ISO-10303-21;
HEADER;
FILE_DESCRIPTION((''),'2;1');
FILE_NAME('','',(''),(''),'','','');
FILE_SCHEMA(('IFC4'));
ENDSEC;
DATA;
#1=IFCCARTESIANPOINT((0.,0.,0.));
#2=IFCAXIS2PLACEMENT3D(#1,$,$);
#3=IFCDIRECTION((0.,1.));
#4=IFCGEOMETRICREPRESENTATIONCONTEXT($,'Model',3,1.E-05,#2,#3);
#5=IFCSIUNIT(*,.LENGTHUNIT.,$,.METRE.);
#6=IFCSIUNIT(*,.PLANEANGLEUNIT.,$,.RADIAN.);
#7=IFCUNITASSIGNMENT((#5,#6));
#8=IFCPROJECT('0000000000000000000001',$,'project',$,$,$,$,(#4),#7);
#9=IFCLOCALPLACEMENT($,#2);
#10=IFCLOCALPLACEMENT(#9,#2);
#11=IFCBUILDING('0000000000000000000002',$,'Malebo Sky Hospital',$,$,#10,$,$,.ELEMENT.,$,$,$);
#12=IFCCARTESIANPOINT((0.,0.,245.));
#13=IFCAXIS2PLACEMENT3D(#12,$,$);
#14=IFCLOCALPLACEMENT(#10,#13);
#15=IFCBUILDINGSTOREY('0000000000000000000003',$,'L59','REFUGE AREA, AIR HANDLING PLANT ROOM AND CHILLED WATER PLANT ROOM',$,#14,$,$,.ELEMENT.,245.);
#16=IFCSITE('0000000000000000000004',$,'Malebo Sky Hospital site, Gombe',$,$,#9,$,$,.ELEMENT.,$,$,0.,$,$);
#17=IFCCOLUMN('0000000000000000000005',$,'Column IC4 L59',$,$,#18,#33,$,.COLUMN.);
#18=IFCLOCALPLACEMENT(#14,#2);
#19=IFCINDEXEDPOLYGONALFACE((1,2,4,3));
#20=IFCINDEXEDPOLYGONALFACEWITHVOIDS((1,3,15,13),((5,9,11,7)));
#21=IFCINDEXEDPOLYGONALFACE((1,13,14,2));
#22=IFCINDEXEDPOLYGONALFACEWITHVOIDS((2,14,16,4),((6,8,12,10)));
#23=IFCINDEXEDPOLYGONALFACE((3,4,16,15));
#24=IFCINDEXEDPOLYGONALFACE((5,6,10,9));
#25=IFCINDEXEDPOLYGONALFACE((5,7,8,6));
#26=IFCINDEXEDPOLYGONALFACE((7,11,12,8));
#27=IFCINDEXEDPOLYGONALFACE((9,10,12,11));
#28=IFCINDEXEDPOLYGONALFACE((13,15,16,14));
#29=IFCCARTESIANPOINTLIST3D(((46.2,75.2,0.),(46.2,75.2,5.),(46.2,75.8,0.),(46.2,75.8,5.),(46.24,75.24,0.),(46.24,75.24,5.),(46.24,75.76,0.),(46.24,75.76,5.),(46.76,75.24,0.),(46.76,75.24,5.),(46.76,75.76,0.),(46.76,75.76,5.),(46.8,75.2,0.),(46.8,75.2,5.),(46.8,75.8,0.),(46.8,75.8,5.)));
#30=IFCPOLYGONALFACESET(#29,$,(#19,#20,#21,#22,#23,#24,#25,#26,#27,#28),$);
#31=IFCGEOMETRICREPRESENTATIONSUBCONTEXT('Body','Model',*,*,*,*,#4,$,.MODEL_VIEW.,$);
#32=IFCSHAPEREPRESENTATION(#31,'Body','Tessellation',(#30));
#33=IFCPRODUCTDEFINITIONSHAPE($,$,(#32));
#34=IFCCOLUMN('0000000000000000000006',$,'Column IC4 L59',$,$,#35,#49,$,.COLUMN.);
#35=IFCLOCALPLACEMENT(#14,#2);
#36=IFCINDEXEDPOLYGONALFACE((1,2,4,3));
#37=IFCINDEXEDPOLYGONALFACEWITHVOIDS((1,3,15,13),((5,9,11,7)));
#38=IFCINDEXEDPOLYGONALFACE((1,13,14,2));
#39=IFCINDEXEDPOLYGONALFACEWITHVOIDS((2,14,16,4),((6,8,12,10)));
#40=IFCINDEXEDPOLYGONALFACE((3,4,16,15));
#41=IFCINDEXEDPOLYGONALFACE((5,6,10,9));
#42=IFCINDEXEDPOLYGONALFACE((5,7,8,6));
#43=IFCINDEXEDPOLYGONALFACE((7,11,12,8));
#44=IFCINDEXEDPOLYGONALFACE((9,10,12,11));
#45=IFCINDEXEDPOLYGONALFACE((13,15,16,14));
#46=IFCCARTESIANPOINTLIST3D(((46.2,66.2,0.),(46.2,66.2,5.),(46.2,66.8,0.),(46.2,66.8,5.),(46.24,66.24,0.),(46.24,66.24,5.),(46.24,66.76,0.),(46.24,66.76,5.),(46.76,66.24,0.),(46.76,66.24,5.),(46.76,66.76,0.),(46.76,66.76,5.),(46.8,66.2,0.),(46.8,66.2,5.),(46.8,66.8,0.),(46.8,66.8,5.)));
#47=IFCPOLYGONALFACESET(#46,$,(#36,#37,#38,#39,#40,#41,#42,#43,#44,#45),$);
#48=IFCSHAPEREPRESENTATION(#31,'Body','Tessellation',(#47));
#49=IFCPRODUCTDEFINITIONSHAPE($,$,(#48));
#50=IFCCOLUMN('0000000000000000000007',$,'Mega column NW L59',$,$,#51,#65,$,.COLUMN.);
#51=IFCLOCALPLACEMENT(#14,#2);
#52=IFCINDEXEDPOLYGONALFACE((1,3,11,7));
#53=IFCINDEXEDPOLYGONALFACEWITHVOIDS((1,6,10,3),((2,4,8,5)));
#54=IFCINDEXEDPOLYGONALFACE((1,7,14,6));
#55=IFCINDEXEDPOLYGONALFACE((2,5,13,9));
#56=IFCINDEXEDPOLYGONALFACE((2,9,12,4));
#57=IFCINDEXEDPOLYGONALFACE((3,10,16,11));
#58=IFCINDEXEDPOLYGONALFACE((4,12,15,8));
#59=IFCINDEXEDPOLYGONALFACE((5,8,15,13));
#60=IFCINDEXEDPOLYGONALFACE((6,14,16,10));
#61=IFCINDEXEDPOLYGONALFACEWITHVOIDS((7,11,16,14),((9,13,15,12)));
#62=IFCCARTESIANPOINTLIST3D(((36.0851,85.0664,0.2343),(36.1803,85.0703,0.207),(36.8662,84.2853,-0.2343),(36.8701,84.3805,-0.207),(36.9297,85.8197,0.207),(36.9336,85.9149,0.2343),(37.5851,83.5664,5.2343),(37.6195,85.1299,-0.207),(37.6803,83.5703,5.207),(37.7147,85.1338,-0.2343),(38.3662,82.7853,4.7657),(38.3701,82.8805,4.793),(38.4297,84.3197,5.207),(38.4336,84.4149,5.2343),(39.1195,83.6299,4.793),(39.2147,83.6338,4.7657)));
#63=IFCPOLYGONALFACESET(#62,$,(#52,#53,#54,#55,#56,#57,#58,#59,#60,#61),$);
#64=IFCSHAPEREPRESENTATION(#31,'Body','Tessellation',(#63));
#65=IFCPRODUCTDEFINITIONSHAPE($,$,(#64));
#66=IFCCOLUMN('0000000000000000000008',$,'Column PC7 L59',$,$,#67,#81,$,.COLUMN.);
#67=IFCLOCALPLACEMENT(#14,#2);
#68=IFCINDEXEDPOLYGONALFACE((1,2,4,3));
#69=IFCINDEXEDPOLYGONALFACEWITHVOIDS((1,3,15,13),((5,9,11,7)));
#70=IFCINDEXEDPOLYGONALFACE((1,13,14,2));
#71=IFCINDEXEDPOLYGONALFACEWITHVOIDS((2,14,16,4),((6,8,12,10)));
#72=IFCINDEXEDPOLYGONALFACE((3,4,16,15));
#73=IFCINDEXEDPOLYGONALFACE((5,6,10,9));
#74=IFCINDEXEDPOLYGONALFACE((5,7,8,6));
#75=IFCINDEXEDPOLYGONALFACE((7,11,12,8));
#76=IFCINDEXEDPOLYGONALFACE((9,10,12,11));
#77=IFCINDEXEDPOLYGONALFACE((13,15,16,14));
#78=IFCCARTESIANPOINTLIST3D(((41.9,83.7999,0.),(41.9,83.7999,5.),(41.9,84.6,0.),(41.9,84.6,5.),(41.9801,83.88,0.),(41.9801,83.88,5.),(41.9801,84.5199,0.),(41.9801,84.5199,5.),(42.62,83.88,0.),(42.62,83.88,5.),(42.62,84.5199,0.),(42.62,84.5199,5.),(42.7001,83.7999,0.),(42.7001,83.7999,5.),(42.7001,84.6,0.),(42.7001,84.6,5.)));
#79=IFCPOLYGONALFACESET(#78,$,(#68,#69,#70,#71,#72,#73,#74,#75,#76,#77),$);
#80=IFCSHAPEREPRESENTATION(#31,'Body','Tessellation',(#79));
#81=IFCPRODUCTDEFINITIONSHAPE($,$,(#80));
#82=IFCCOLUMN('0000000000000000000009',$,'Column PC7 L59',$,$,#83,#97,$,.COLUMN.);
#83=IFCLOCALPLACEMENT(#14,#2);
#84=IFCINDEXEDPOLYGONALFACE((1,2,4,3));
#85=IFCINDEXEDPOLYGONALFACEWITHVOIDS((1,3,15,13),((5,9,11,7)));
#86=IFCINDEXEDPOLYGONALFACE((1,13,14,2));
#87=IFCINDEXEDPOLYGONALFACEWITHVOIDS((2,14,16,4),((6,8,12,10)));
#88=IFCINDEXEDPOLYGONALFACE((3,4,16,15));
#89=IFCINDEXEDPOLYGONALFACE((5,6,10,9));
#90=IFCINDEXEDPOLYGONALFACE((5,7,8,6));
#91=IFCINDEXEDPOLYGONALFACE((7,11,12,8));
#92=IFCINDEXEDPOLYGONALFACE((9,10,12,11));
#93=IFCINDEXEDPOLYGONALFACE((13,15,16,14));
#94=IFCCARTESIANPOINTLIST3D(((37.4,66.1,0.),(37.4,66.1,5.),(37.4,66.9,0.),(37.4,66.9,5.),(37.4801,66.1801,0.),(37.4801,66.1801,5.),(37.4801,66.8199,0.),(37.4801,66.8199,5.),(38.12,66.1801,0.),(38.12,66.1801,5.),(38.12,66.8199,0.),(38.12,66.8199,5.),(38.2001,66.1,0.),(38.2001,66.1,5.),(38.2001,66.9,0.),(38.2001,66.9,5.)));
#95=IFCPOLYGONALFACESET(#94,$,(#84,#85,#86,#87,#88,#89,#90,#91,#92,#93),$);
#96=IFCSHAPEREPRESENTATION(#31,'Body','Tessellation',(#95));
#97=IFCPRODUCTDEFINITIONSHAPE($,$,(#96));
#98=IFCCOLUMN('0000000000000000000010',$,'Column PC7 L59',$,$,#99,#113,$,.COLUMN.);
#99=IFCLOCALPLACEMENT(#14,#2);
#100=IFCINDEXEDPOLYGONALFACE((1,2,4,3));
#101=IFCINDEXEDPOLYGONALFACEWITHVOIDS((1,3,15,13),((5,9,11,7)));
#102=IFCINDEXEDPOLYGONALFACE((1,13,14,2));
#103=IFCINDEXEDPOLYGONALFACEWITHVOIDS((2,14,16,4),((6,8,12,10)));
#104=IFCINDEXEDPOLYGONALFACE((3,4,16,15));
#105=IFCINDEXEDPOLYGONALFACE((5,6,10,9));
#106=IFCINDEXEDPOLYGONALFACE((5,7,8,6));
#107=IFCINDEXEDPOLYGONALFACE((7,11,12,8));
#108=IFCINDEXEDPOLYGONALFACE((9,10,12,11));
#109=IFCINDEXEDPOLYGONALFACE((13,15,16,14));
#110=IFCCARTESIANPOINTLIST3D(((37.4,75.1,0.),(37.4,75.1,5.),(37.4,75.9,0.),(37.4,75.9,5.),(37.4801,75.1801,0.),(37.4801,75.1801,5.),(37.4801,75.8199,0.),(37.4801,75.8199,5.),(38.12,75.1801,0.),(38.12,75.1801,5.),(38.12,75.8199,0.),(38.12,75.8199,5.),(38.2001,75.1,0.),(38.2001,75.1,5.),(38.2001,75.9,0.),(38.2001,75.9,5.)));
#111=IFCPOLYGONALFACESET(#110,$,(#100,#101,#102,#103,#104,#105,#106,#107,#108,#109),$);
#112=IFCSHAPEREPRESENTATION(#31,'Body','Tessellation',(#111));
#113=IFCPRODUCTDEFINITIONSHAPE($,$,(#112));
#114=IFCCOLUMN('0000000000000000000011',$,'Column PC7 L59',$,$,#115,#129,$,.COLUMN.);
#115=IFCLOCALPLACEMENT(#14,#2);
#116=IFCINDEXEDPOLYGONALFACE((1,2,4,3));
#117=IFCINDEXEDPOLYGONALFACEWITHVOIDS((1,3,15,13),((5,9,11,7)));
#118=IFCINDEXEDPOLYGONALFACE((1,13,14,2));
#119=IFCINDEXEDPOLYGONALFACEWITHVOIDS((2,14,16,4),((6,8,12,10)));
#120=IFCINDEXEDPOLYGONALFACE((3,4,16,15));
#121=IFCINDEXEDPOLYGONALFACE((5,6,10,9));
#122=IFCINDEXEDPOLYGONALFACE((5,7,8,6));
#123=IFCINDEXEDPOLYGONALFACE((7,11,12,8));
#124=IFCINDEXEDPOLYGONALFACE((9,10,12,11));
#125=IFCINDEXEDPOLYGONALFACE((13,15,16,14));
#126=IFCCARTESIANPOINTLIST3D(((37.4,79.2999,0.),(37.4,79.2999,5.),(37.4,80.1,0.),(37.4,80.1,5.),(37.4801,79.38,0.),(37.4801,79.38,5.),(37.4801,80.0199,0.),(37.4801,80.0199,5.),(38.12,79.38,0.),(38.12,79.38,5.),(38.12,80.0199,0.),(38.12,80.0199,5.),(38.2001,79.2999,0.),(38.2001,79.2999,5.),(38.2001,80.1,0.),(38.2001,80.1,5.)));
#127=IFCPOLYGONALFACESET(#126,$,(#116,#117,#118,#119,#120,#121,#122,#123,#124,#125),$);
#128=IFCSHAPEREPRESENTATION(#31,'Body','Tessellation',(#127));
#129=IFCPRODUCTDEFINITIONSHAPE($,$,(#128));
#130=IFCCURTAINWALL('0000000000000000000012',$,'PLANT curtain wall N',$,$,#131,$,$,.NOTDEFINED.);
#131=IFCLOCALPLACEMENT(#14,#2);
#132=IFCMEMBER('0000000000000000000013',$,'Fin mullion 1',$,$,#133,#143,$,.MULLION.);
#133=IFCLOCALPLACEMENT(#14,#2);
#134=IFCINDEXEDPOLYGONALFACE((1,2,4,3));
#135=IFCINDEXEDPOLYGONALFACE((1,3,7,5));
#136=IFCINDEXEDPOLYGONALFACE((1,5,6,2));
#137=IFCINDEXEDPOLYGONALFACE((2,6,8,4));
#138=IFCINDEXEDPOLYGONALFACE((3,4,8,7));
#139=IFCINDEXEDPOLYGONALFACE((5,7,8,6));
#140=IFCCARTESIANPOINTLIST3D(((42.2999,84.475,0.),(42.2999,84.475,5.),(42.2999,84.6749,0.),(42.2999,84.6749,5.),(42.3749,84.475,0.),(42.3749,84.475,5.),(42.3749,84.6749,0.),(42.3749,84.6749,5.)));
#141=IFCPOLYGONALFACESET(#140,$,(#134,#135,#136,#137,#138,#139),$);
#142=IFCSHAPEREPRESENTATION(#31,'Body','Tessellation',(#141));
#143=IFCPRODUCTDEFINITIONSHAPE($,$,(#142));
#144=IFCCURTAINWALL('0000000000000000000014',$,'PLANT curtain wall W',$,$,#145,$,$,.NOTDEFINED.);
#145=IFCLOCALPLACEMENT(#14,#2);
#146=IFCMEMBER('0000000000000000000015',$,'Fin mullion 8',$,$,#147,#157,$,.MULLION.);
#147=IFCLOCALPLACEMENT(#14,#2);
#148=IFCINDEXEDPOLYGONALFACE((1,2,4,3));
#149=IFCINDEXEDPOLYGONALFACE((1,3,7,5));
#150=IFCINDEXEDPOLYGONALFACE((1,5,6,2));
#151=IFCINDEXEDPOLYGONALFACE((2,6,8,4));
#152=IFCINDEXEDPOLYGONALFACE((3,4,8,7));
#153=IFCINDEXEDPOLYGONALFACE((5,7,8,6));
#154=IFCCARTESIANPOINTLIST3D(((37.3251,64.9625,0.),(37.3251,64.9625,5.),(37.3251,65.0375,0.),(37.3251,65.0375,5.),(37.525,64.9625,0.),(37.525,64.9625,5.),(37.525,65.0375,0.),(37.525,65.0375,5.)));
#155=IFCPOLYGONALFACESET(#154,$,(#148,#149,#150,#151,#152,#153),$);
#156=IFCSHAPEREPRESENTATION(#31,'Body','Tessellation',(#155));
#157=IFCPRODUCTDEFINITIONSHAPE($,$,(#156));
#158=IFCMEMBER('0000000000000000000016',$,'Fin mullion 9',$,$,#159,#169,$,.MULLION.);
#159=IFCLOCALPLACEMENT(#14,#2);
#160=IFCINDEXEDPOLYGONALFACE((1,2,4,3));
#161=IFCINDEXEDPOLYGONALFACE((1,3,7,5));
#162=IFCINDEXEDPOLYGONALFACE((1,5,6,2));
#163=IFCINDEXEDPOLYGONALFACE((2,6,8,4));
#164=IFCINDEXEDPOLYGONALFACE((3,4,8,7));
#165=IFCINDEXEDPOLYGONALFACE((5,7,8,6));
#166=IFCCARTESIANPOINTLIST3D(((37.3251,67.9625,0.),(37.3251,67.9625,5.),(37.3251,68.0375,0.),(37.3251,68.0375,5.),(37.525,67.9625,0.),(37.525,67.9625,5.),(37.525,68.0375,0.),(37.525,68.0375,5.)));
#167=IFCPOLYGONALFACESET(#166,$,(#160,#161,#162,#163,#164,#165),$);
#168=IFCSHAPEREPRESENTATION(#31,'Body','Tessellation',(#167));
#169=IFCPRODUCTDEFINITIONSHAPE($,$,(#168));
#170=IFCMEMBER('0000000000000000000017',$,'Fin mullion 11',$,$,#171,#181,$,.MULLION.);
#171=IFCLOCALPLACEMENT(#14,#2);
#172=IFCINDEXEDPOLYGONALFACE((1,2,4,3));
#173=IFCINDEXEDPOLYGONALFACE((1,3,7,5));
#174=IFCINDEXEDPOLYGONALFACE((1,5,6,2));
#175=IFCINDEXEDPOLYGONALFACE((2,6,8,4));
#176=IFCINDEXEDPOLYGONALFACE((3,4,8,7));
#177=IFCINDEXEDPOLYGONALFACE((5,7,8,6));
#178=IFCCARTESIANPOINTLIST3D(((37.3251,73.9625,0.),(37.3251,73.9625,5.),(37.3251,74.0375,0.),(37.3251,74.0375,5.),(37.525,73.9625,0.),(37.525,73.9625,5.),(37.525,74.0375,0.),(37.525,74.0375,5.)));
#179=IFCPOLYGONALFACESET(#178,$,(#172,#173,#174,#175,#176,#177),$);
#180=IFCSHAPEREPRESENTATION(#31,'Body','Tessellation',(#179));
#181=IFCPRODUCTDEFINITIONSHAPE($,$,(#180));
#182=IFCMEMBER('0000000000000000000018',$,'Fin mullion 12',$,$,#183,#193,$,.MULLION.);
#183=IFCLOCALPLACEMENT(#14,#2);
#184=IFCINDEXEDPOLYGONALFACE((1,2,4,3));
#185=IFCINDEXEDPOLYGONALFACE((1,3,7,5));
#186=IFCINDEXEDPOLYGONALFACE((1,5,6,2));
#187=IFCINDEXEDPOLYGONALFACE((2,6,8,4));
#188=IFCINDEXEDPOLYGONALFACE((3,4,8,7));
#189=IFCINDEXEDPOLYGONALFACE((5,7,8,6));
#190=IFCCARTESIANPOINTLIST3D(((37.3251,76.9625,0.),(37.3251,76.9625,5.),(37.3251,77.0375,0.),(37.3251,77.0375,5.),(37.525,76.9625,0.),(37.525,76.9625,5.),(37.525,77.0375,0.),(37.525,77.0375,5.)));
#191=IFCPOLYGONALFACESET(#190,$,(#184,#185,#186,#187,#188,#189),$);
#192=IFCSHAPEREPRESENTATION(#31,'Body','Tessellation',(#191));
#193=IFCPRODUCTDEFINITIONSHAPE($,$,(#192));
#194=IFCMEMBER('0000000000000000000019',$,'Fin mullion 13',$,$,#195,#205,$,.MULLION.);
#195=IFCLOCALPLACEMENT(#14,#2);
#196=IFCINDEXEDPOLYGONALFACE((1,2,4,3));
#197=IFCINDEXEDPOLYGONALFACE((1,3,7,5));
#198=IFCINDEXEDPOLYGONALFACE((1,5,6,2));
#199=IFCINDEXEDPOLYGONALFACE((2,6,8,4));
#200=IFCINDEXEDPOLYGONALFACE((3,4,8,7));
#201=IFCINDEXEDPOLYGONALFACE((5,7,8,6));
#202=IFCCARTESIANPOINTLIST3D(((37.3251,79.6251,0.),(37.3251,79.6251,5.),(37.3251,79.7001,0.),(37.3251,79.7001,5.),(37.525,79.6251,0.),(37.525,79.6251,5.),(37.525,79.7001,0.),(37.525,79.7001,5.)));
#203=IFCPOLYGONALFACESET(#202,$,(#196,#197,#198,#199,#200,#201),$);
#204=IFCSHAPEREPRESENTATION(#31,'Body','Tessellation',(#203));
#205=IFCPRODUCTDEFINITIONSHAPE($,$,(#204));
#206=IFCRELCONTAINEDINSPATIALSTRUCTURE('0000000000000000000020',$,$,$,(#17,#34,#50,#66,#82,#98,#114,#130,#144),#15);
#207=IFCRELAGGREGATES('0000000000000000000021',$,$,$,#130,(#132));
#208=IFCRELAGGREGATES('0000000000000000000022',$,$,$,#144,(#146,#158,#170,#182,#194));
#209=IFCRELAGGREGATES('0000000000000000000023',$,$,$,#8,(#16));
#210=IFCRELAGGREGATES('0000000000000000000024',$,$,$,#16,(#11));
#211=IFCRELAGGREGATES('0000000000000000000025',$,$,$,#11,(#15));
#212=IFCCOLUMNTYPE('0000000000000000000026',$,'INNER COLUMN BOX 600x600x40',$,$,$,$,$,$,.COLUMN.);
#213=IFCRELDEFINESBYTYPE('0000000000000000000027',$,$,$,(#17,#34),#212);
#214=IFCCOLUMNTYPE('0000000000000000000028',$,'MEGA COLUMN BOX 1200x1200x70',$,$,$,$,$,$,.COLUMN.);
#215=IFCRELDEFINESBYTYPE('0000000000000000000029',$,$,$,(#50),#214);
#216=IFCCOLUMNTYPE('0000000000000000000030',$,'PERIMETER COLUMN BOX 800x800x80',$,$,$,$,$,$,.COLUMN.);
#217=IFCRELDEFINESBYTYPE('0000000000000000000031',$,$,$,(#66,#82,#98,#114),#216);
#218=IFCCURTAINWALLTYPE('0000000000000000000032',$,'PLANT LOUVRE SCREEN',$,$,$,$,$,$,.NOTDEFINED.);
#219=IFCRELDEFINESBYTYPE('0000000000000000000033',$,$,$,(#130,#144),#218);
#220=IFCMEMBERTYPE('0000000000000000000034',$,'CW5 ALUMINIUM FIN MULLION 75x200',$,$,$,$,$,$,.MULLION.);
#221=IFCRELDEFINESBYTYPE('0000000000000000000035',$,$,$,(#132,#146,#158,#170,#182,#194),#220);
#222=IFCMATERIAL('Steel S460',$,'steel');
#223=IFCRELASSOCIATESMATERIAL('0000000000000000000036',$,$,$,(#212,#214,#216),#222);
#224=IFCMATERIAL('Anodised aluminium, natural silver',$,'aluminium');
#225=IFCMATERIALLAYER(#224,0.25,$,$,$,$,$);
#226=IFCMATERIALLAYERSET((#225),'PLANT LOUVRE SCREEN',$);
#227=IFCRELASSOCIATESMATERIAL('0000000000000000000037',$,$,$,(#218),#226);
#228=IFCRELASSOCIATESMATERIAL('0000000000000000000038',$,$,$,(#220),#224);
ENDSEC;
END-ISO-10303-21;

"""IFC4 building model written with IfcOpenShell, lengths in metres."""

from ifc_helpers import new_model, si_unit, direction, frame, origin, origin_2d, place, context, subcontext, project, spatial, rectangle, hollow_rectangle, extrude, material, layer, layer_set, material_profile, profile_set, type_object, element, aggregate, save


model = new_model("IFC4")

# Units and contexts
model_context = context("Model", 3, precision=1e-05, world=origin(), true_north=direction((0.0, 1.0)))
body_context = subcontext(model_context, "Body", "Model", "MODEL_VIEW")
ifc_project = project(units=[si_unit("LENGTHUNIT", "METRE"), si_unit("PLANEANGLEUNIT", "RADIAN")], contexts=[model_context])

# Site, building, storey
site_placement = place(None, origin())
site = spatial("IfcSite", under=ifc_project, at=site_placement, Name="Malebo Sky Hospital site, Gombe", CompositionType="ELEMENT", RefElevation=0.0)
building_placement = place(site_placement, origin())
building = spatial("IfcBuilding", under=site, at=building_placement, Name="Malebo Sky Hospital", CompositionType="ELEMENT")
storey_placement = place(building_placement, frame((0.0, 0.0, 245.0)))
storey = spatial("IfcBuildingStorey", under=building, at=storey_placement, Name="L59", Description="REFUGE AREA, AIR HANDLING PLANT ROOM AND CHILLED WATER PLANT ROOM", CompositionType="ELEMENT", Elevation=245.0)

# Columns
ifc_material_1 = material(Name="Steel S460", Category="steel")
ifc_material_profile_1 = material_profile(ifc_material_1, hollow_rectangle(XDim=0.6001, YDim=0.6001, WallThickness=0.04, at=origin_2d()), Name="BOX 600x600x40")
ifc_profile_set_1 = profile_set([ifc_material_profile_1], Name="Steel S460")
column_type_1 = type_object("IfcColumnType", Name="INNER COLUMN BOX 600x600x40", PredefinedType="COLUMN", material=ifc_profile_set_1)
for number, where, z_axis, x_axis, name in (
    (1, (46.5, 75.5, 0.0), (0.0, 0.0, 1.0), (1.0, 0.0, 0.0), "Column IC4 L59"),
    (2, (46.5, 66.5, 0.0), (0.0, 0.0, 1.0), (1.0, 0.0, 0.0), "Column IC4 L59"),
):
    element("IfcColumn", number, at=place(storey_placement, frame(where, z_axis=z_axis, x_axis=x_axis)), inside=storey, type_object=column_type_1, Name=name, PredefinedType="COLUMN", context=body_context, shape_type="SweptSolid", body=[
        extrude(hollow_rectangle(XDim=0.6001, YDim=0.6001, WallThickness=0.04, at=origin_2d()), origin(), (0.0, 0.0, 1.0), 5.0),
    ])
ifc_material_profile_2 = material_profile(ifc_material_1, hollow_rectangle(XDim=1.2, YDim=1.2, WallThickness=0.0701, at=origin_2d()), Name="BOX 1200x1200x70")
ifc_profile_set_2 = profile_set([ifc_material_profile_2], Name="Steel S460")
column_type_2 = type_object("IfcColumnType", Name="MEGA COLUMN BOX 1200x1200x70", PredefinedType="COLUMN", material=ifc_profile_set_2)
column_placement = place(storey_placement, frame((36.8999, 85.1001, 0.0), z_axis=(0.276172, -0.276172, 0.920575), x_axis=(0.707107, 0.707107, 0.0)))
element("IfcColumn", 3, at=column_placement, inside=storey, type_object=column_type_2, Name="Mega column NW L59", PredefinedType="COLUMN", context=body_context, shape_type="SweptSolid", body=[
    extrude(hollow_rectangle(XDim=1.2, YDim=1.2, WallThickness=0.0701, at=origin_2d()), origin(), (0.0, 0.0, 1.0), 5.4314),
])
ifc_material_profile_3 = material_profile(ifc_material_1, hollow_rectangle(XDim=0.8, YDim=0.8, WallThickness=0.0801, at=origin_2d()), Name="BOX 800x800x80")
ifc_profile_set_3 = profile_set([ifc_material_profile_3], Name="Steel S460")
column_type_3 = type_object("IfcColumnType", Name="PERIMETER COLUMN BOX 800x800x80", PredefinedType="COLUMN", material=ifc_profile_set_3)
for number, where, z_axis, x_axis, name in (
    (4, (42.3, 84.2, 0.0), (0.0, 0.0, 1.0), (1.0, 0.0, 0.0), "Column PC7 L59"),
    (5, (37.8, 66.5, 0.0), (0.0, 0.0, 1.0), (1.0, 0.0, 0.0), "Column PC7 L59"),
    (6, (37.8, 75.5, 0.0), (0.0, 0.0, 1.0), (1.0, 0.0, 0.0), "Column PC7 L59"),
    (7, (37.8, 79.7, 0.0), (0.0, 0.0, 1.0), (1.0, 0.0, 0.0), "Column PC7 L59"),
):
    element("IfcColumn", number, at=place(storey_placement, frame(where, z_axis=z_axis, x_axis=x_axis)), inside=storey, type_object=column_type_3, Name=name, PredefinedType="COLUMN", context=body_context, shape_type="SweptSolid", body=[
        extrude(hollow_rectangle(XDim=0.8, YDim=0.8, WallThickness=0.0801, at=origin_2d()), origin(), (0.0, 0.0, 1.0), 5.0),
    ])

# Curtain wall, member
ifc_material_2 = material(Name="Anodised aluminium, natural silver", Category="aluminium")
ifc_layer_1 = layer(ifc_material_2, 0.25)
ifc_layer_set_1 = layer_set([ifc_layer_1], Name="PLANT LOUVRE SCREEN")
curtain_wall_type = type_object("IfcCurtainWallType", Name="PLANT LOUVRE SCREEN", PredefinedType="NOTDEFINED", material=ifc_layer_set_1)
curtain_wall_1_placement = place(storey_placement, origin())
curtain_wall_1 = element("IfcCurtainWall", 8, at=curtain_wall_1_placement, inside=storey, type_object=curtain_wall_type, Name="PLANT curtain wall N", PredefinedType="NOTDEFINED")
ifc_material_profile_4 = material_profile(ifc_material_2, rectangle(XDim=0.075, YDim=0.2, at=origin_2d()), Name="CW5 ALUMINIUM FIN MULLION 75x200")
ifc_profile_set_4 = profile_set([ifc_material_profile_4], Name="Anodised aluminium, natural silver")
member_type_1 = type_object("IfcMemberType", Name="CW5 ALUMINIUM FIN MULLION 75x200", PredefinedType="MULLION", material=ifc_profile_set_4)
member_1_placement = place(storey_placement, frame((42.3374, 84.575, 0.0), z_axis=(0.0, 0.0, 1.0), x_axis=(1.0, 0.0, 0.0)))
member_1 = element("IfcMember", 9, at=member_1_placement, type_object=member_type_1, Name="Fin mullion 1", PredefinedType="MULLION", context=body_context, shape_type="SweptSolid", body=[
    extrude(rectangle(XDim=0.075, YDim=0.2, at=origin_2d()), origin(), (0.0, 0.0, 1.0), 5.0),
])

# Curtain wall, members
curtain_wall_2_placement = place(storey_placement, origin())
curtain_wall_2 = element("IfcCurtainWall", 10, at=curtain_wall_2_placement, inside=storey, type_object=curtain_wall_type, Name="PLANT curtain wall W", PredefinedType="NOTDEFINED")
member_2_placement = place(storey_placement, frame((37.425, 65.0, 0.0), z_axis=(0.0, 0.0, 1.0), x_axis=(0.0, 1.0, 0.0)))
member_2 = element("IfcMember", 11, at=member_2_placement, type_object=member_type_1, Name="Fin mullion 8", PredefinedType="MULLION", context=body_context, shape_type="SweptSolid", body=[
    extrude(rectangle(XDim=0.075, YDim=0.2, at=origin_2d()), origin(), (0.0, 0.0, 1.0), 5.0),
])
member_3_placement = place(storey_placement, frame((37.425, 68.0, 0.0), z_axis=(0.0, 0.0, 1.0), x_axis=(0.0, 1.0, 0.0)))
member_3 = element("IfcMember", 12, at=member_3_placement, type_object=member_type_1, Name="Fin mullion 9", PredefinedType="MULLION", context=body_context, shape_type="SweptSolid", body=[
    extrude(rectangle(XDim=0.075, YDim=0.2, at=origin_2d()), origin(), (0.0, 0.0, 1.0), 5.0),
])
member_4_placement = place(storey_placement, frame((37.425, 74.0, 0.0), z_axis=(0.0, 0.0, 1.0), x_axis=(0.0, 1.0, 0.0)))
member_4 = element("IfcMember", 13, at=member_4_placement, type_object=member_type_1, Name="Fin mullion 11", PredefinedType="MULLION", context=body_context, shape_type="SweptSolid", body=[
    extrude(rectangle(XDim=0.075, YDim=0.2, at=origin_2d()), origin(), (0.0, 0.0, 1.0), 5.0),
])
member_5_placement = place(storey_placement, frame((37.425, 77.0, 0.0), z_axis=(0.0, 0.0, 1.0), x_axis=(0.0, 1.0, 0.0)))
member_5 = element("IfcMember", 14, at=member_5_placement, type_object=member_type_1, Name="Fin mullion 12", PredefinedType="MULLION", context=body_context, shape_type="SweptSolid", body=[
    extrude(rectangle(XDim=0.075, YDim=0.2, at=origin_2d()), origin(), (0.0, 0.0, 1.0), 5.0),
])
member_6_placement = place(storey_placement, frame((37.425, 79.6626, 0.0), z_axis=(0.0, 0.0, 1.0), x_axis=(0.0, 1.0, 0.0)))
member_6 = element("IfcMember", 15, at=member_6_placement, type_object=member_type_1, Name="Fin mullion 13", PredefinedType="MULLION", context=body_context, shape_type="SweptSolid", body=[
    extrude(rectangle(XDim=0.075, YDim=0.2, at=origin_2d()), origin(), (0.0, 0.0, 1.0), 5.0),
])

aggregate(curtain_wall_1, [member_1])
aggregate(curtain_wall_2, [member_2, member_3, member_4, member_5, member_6])

save(model, "model.ifc")
